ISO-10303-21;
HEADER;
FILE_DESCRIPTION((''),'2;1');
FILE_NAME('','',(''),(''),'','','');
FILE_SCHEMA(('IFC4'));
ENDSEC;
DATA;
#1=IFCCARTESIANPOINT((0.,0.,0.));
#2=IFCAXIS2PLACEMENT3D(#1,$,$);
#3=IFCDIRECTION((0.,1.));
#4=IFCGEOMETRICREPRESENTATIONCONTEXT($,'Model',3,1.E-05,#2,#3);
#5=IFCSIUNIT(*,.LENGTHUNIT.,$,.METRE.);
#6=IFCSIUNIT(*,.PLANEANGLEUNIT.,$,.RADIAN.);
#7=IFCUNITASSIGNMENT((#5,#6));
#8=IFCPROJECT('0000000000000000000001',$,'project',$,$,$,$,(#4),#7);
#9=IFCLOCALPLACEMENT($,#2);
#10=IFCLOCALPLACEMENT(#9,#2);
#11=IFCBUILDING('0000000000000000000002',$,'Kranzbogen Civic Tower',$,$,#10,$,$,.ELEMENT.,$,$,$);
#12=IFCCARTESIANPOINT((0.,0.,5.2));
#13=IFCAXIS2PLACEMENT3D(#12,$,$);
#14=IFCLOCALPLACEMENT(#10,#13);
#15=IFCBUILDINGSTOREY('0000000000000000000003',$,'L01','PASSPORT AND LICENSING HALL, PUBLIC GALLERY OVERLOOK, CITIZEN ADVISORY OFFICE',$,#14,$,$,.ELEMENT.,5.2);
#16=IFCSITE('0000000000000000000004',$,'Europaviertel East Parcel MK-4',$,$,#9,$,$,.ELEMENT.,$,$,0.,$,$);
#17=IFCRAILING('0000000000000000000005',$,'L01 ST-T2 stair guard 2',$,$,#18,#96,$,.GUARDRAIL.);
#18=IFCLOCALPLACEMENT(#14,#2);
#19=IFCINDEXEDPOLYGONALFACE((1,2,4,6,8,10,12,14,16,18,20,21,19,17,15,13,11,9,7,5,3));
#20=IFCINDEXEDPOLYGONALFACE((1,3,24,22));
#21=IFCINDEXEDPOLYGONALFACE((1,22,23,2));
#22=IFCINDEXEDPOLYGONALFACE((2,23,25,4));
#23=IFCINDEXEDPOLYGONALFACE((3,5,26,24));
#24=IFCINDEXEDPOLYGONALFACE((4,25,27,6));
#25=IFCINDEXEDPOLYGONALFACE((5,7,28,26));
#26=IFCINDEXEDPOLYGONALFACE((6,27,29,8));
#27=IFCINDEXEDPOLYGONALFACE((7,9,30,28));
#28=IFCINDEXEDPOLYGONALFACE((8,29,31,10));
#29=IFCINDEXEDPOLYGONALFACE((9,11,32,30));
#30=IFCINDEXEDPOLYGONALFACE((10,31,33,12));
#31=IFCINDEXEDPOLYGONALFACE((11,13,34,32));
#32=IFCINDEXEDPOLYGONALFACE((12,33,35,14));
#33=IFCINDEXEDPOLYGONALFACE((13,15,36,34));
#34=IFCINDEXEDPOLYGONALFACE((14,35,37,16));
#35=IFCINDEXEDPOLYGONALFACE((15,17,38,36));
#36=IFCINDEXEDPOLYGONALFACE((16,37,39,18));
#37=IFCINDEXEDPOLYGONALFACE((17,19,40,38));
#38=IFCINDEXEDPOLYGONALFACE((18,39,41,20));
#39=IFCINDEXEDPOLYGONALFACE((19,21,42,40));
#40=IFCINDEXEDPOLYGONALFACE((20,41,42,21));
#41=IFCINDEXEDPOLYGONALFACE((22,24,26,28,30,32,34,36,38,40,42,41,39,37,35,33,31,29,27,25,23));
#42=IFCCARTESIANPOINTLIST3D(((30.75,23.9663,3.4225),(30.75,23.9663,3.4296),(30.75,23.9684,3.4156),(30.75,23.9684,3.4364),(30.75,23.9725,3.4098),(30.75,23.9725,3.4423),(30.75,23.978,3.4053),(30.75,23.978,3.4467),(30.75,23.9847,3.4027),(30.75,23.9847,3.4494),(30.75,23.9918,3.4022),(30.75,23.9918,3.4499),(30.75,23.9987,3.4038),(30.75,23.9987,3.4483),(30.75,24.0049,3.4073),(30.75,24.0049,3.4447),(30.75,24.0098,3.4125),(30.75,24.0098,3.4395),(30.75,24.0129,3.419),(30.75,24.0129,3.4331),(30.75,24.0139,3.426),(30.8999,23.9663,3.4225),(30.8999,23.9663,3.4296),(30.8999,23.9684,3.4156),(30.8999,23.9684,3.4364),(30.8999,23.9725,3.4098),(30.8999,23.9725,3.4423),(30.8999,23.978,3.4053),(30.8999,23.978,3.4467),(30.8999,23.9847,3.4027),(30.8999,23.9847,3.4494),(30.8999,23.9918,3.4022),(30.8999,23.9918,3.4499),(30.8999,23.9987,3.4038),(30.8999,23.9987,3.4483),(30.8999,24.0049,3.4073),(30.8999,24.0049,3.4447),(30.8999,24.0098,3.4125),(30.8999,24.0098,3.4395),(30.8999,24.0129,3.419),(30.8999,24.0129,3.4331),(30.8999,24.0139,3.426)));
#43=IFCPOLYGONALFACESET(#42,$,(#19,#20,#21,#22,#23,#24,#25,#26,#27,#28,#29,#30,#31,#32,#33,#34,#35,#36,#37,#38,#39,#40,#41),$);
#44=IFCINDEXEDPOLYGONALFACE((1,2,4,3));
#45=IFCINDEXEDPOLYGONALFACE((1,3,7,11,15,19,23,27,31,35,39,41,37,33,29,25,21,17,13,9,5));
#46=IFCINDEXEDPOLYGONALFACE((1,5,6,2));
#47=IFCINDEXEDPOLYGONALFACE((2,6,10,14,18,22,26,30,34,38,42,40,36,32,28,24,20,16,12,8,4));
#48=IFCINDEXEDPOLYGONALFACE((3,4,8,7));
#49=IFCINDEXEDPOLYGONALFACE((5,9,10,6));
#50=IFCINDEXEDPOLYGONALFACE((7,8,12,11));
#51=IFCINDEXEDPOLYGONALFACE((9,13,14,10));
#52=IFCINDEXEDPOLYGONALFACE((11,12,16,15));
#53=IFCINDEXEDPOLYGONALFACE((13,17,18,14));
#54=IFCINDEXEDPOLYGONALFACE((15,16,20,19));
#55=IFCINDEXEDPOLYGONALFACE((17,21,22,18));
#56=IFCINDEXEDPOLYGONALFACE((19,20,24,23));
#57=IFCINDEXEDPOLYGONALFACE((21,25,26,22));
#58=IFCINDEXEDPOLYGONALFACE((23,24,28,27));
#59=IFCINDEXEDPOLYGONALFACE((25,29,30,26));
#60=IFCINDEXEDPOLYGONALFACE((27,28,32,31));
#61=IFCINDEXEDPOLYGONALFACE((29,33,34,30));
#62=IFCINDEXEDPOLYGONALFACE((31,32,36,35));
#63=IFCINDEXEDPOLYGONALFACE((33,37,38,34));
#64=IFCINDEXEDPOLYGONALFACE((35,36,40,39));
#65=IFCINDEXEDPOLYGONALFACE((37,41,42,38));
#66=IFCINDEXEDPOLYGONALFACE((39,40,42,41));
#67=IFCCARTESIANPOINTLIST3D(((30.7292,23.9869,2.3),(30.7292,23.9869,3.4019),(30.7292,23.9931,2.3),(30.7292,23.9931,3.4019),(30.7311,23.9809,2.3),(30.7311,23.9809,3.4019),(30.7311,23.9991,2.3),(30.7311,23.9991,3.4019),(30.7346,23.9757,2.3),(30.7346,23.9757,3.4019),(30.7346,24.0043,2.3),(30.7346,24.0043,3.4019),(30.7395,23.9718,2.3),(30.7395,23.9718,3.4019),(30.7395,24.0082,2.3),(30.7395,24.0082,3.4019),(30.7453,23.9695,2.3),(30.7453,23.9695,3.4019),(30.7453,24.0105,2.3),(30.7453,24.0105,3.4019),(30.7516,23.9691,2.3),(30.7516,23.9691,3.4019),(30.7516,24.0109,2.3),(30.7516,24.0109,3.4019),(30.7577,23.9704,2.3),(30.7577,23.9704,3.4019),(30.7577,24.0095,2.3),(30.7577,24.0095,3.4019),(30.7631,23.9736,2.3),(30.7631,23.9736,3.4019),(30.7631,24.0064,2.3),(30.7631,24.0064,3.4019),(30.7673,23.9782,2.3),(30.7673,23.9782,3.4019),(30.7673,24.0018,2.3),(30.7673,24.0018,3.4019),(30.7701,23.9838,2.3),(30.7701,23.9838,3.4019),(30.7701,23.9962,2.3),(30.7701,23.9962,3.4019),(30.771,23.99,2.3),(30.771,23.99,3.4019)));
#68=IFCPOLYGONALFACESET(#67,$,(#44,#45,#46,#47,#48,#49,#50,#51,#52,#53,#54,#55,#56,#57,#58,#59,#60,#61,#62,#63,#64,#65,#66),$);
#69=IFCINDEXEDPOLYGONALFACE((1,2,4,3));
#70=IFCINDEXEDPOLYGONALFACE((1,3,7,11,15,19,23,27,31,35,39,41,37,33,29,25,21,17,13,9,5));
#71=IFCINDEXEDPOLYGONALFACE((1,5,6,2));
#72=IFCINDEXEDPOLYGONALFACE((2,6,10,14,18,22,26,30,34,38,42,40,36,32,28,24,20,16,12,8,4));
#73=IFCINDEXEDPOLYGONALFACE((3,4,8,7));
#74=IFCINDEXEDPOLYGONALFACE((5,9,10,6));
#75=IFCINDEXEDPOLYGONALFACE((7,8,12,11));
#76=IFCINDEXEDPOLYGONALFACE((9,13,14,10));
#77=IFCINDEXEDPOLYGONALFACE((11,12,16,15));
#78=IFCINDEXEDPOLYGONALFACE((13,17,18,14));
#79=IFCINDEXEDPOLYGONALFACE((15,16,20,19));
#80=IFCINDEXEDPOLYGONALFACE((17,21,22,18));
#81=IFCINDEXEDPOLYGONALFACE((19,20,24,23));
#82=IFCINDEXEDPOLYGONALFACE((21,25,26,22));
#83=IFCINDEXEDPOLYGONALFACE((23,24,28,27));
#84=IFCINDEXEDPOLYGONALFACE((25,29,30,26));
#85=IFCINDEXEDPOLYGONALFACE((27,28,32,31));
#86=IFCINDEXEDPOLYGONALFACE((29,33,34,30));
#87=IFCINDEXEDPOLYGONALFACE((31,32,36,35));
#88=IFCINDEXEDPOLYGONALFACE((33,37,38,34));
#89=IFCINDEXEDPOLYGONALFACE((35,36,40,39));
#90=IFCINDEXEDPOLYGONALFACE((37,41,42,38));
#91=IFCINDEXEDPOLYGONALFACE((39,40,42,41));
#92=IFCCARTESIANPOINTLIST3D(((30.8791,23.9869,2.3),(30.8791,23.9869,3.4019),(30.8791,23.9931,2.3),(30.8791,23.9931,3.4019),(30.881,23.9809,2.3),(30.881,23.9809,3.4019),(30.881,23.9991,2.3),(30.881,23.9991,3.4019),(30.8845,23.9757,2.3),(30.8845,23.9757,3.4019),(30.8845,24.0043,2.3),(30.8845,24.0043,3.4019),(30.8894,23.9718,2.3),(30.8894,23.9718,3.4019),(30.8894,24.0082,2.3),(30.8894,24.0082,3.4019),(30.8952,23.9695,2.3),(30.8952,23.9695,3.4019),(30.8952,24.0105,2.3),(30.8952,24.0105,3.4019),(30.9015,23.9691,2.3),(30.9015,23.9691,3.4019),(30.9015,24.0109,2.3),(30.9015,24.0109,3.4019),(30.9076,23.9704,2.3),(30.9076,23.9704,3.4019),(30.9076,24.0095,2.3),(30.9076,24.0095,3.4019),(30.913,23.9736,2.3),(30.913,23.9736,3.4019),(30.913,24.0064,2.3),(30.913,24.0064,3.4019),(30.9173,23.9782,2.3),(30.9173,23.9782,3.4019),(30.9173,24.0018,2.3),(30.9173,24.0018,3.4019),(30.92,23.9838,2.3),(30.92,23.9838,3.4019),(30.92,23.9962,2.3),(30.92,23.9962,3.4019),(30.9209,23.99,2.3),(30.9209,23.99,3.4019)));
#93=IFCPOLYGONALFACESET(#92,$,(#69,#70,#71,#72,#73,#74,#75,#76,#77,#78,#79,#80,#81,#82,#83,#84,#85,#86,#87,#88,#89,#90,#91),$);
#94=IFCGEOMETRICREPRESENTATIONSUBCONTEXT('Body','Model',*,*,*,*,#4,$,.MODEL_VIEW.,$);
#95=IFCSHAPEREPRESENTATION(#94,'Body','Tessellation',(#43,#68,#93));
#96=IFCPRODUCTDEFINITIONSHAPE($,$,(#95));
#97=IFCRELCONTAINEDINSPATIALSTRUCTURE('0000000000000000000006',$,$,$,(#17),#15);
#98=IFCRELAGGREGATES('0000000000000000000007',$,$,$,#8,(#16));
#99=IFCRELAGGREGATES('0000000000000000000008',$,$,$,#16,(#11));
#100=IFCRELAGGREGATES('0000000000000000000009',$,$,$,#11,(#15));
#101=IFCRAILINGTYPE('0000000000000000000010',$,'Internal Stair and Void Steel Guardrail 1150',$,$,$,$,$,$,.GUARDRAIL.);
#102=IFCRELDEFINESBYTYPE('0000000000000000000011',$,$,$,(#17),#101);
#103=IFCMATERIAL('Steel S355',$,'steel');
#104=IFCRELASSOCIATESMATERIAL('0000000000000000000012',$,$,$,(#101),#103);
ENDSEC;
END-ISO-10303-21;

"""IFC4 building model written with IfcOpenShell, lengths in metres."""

from ifc_helpers import new_model, si_unit, direction, frame, origin, origin_2d, place, context, subcontext, project, spatial, circle, extrude, material, type_object, element, save


model = new_model("IFC4")

# Units and contexts
model_context = context("Model", 3, precision=1e-05, world=origin(), true_north=direction((0.0, 1.0)))
body_context = subcontext(model_context, "Body", "Model", "MODEL_VIEW")
ifc_project = project(units=[si_unit("LENGTHUNIT", "METRE"), si_unit("PLANEANGLEUNIT", "RADIAN")], contexts=[model_context])

# Site, building, storey
site_placement = place(None, origin())
site = spatial("IfcSite", under=ifc_project, at=site_placement, Name="Europaviertel East Parcel MK-4", CompositionType="ELEMENT", RefElevation=0.0)
building_placement = place(site_placement, origin())
building = spatial("IfcBuilding", under=site, at=building_placement, Name="Kranzbogen Civic Tower", CompositionType="ELEMENT")
storey_placement = place(building_placement, frame((0.0, 0.0, 5.2)))
storey = spatial("IfcBuildingStorey", under=building, at=storey_placement, Name="L01", Description="PASSPORT AND LICENSING HALL, PUBLIC GALLERY OVERLOOK, CITIZEN ADVISORY OFFICE", CompositionType="ELEMENT", Elevation=5.2)

# Shared definitions
ifc_material_1 = material(Name="Steel S355", Category="steel")

# Railing
railing_type_1 = type_object("IfcRailingType", Name="Internal Stair and Void Steel Guardrail 1150", PredefinedType="GUARDRAIL", material=ifc_material_1)
railing_1_placement = place(storey_placement, frame((30.75, 23.99, 2.3)))
element("IfcRailing", 1, at=railing_1_placement, inside=storey, type_object=railing_type_1, Name="L01 ST-T2 stair guard 2", PredefinedType="GUARDRAIL", context=body_context, shape_type="SweptSolid", body=[
    extrude(circle(Radius=0.0239, at=origin_2d()), frame((0.0, 0.0, 1.126), z_axis=(1.0, 0.0, 0.0), x_axis=(0.0, 1.0, 0.0)), (0.0, 0.0, 1.0), 0.1499),
    extrude(circle(Radius=0.021, at=origin_2d()), origin(), (0.0, 0.0, 1.0), 1.1018),
    extrude(circle(Radius=0.021, at=origin_2d()), frame((0.1499, 0.0, 0.0)), (0.0, 0.0, 1.0), 1.1018),
])

save(model, "model.ifc")
